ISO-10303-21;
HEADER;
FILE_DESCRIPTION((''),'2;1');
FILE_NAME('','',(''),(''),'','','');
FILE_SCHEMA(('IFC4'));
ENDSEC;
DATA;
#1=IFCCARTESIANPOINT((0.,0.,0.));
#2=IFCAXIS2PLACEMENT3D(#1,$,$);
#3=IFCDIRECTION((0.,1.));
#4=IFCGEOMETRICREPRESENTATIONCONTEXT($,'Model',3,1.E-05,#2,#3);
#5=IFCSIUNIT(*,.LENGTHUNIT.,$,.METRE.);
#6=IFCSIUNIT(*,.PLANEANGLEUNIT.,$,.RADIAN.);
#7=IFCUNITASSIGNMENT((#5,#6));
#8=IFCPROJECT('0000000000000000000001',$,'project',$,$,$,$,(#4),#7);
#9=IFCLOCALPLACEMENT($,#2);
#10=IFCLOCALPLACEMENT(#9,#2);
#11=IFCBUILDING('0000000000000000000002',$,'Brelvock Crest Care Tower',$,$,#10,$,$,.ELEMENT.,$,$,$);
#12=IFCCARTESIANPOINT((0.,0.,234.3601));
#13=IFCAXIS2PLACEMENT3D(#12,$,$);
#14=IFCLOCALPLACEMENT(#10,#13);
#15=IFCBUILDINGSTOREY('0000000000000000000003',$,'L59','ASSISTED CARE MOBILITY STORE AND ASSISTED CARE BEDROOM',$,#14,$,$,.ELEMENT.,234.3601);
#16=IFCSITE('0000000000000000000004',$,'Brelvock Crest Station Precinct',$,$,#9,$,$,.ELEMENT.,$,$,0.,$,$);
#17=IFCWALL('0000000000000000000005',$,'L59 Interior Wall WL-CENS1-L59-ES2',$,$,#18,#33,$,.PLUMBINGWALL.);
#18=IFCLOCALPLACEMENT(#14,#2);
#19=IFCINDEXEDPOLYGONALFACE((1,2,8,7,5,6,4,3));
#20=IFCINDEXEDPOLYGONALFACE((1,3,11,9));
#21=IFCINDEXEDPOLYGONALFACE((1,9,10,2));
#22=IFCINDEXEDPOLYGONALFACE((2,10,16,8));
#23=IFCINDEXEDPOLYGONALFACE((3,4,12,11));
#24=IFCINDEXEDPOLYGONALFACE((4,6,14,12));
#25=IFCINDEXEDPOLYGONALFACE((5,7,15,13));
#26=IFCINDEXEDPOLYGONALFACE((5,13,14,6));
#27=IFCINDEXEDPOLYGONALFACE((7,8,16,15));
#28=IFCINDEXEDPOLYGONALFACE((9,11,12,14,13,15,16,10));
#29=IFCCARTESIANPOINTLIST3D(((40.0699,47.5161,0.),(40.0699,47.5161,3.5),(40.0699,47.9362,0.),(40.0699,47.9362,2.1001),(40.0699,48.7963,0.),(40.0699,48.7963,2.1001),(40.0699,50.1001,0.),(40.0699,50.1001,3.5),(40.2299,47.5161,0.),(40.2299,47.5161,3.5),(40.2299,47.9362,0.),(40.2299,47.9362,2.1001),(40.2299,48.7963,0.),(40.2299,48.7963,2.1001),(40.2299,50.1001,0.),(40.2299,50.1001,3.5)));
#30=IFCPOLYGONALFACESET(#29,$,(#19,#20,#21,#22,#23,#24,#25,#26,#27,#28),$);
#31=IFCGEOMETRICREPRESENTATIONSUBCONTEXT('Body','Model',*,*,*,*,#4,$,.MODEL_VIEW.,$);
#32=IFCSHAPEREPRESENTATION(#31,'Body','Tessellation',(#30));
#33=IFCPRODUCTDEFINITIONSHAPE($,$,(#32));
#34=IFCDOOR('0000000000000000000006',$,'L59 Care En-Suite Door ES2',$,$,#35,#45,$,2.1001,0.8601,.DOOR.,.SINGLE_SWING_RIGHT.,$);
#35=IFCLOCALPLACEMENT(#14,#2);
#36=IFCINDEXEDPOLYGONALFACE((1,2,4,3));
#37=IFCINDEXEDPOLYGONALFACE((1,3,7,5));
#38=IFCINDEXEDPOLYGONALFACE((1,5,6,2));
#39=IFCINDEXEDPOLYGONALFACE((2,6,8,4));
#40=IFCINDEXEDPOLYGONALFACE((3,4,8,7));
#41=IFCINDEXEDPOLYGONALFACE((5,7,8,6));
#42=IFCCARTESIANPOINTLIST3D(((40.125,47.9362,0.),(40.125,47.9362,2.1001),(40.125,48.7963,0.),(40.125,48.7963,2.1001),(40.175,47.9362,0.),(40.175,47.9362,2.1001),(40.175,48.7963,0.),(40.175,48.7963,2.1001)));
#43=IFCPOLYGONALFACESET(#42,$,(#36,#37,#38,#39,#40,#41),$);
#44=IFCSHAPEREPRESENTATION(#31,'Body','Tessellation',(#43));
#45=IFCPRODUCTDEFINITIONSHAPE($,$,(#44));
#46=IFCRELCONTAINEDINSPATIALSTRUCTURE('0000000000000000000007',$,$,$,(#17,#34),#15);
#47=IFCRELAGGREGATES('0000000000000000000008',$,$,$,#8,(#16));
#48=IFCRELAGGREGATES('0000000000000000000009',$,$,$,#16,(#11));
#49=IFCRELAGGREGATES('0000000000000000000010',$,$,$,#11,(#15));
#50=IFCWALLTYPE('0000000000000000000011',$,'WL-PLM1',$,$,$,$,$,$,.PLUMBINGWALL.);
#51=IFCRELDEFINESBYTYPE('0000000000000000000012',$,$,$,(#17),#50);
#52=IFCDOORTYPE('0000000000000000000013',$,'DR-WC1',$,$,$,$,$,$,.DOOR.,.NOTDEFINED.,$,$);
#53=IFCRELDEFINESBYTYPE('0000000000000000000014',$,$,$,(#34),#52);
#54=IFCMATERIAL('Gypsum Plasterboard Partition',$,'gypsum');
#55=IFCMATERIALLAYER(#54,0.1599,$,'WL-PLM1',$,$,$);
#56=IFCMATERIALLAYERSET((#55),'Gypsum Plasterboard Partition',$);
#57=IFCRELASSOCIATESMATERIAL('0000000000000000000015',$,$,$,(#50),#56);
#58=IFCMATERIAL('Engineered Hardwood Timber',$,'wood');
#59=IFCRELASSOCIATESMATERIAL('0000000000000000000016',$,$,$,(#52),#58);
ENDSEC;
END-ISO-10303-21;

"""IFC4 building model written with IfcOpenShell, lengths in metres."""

from ifc_helpers import new_model, si_unit, direction, frame, frame_2d, origin, origin_2d, place, context, subcontext, project, spatial, rectangle, extrude, source, transform, mapped, material, layer, layer_set, type_object, element, fill, save


model = new_model("IFC4")

# Units and contexts
model_context = context("Model", 3, precision=1e-05, world=origin(), true_north=direction((0.0, 1.0)))
body_context = subcontext(model_context, "Body", "Model", "MODEL_VIEW")
ifc_project = project(units=[si_unit("LENGTHUNIT", "METRE"), si_unit("PLANEANGLEUNIT", "RADIAN")], contexts=[model_context])

# Site, building, storey
site_placement = place(None, origin())
site = spatial("IfcSite", under=ifc_project, at=site_placement, Name="Brelvock Crest Station Precinct", CompositionType="ELEMENT", RefElevation=0.0)
building_placement = place(site_placement, origin())
building = spatial("IfcBuilding", under=site, at=building_placement, Name="Brelvock Crest Care Tower", CompositionType="ELEMENT")
storey_placement = place(building_placement, frame((0.0, 0.0, 234.3601)))
storey = spatial("IfcBuildingStorey", under=building, at=storey_placement, Name="L59", Description="ASSISTED CARE MOBILITY STORE AND ASSISTED CARE BEDROOM", CompositionType="ELEMENT", Elevation=234.3601)

# Shared definitions
ifc_material_1 = material(Name="Engineered Hardwood Timber", Category="wood")

# Shared definitions
ifc_material_2 = material(Name="Gypsum Plasterboard Partition", Category="gypsum")
ifc_layer_1 = layer(ifc_material_2, 0.1599, Name="WL-PLM1")
ifc_layer_set_1 = layer_set([ifc_layer_1], Name="Gypsum Plasterboard Partition")
wall_type_1 = type_object("IfcWallType", Name="WL-PLM1", PredefinedType="PLUMBINGWALL", material=ifc_layer_set_1)
door_type_1 = type_object("IfcDoorType", Name="DR-WC1", OperationType="NOTDEFINED", PredefinedType="DOOR", material=ifc_material_1)
shared_shape_1 = source(origin(), body_context, "Body", "SweptSolid", [
    extrude(rectangle(XDim=0.8601, YDim=2.1001, at=origin_2d()), frame((0.4302, 0.0249, 1.05), z_axis=(0.0, -1.0, 0.0), x_axis=(1.0, 0.0, 0.0)), (0.0, 0.0, 1.0), 0.05),
])

# Wall, opening, door
wall_1_placement = place(storey_placement, frame((40.1499, 47.5161, 0.0), z_axis=(0.0, 0.0, 1.0), x_axis=(0.0, 1.0, 0.0)))
wall_1 = element("IfcWall", 1, at=wall_1_placement, inside=storey, type_object=wall_type_1, Name="L59 Interior Wall WL-CENS1-L59-ES2", PredefinedType="PLUMBINGWALL", context=body_context, shape_type="SweptSolid", body=[
    extrude(rectangle(XDim=2.584, YDim=0.1599, at=frame_2d((1.292, 0.0))), origin(), (0.0, 0.0, 1.0), 3.5),
])
opening_1_placement = place(wall_1_placement, frame((0.4199, 0.0, 0.0)))
opening_1 = element("IfcOpeningElement", 2, at=opening_1_placement, cuts=wall_1, PredefinedType="OPENING", context=body_context, shape_type="SweptSolid", body=[
    extrude(rectangle(XDim=0.8601, YDim=2.1001, at=origin_2d()), frame((0.4302, 0.0898, 1.05), z_axis=(0.0, -1.0, 0.0), x_axis=(1.0, 0.0, 0.0)), (0.0, 0.0, 1.0), 0.1799),
])
door_1_placement = place(opening_1_placement, origin())
door_1 = element("IfcDoor", 3, at=door_1_placement, inside=storey, type_object=door_type_1, Name="L59 Care En-Suite Door ES2", OperationType="SINGLE_SWING_RIGHT", OverallHeight=2.1001, OverallWidth=0.8601, PredefinedType="DOOR", context=body_context, shape_type="MappedRepresentation", body=[
    mapped(shared_shape_1, transform((0.0, 0.0, 0.0), x_axis=(1.0, 0.0, 0.0), y_axis=(0.0, 1.0, 0.0), z_axis=(0.0, 0.0, 1.0), scale=1.0)),
])
fill(opening_1, door_1)

save(model, "model.ifc")
